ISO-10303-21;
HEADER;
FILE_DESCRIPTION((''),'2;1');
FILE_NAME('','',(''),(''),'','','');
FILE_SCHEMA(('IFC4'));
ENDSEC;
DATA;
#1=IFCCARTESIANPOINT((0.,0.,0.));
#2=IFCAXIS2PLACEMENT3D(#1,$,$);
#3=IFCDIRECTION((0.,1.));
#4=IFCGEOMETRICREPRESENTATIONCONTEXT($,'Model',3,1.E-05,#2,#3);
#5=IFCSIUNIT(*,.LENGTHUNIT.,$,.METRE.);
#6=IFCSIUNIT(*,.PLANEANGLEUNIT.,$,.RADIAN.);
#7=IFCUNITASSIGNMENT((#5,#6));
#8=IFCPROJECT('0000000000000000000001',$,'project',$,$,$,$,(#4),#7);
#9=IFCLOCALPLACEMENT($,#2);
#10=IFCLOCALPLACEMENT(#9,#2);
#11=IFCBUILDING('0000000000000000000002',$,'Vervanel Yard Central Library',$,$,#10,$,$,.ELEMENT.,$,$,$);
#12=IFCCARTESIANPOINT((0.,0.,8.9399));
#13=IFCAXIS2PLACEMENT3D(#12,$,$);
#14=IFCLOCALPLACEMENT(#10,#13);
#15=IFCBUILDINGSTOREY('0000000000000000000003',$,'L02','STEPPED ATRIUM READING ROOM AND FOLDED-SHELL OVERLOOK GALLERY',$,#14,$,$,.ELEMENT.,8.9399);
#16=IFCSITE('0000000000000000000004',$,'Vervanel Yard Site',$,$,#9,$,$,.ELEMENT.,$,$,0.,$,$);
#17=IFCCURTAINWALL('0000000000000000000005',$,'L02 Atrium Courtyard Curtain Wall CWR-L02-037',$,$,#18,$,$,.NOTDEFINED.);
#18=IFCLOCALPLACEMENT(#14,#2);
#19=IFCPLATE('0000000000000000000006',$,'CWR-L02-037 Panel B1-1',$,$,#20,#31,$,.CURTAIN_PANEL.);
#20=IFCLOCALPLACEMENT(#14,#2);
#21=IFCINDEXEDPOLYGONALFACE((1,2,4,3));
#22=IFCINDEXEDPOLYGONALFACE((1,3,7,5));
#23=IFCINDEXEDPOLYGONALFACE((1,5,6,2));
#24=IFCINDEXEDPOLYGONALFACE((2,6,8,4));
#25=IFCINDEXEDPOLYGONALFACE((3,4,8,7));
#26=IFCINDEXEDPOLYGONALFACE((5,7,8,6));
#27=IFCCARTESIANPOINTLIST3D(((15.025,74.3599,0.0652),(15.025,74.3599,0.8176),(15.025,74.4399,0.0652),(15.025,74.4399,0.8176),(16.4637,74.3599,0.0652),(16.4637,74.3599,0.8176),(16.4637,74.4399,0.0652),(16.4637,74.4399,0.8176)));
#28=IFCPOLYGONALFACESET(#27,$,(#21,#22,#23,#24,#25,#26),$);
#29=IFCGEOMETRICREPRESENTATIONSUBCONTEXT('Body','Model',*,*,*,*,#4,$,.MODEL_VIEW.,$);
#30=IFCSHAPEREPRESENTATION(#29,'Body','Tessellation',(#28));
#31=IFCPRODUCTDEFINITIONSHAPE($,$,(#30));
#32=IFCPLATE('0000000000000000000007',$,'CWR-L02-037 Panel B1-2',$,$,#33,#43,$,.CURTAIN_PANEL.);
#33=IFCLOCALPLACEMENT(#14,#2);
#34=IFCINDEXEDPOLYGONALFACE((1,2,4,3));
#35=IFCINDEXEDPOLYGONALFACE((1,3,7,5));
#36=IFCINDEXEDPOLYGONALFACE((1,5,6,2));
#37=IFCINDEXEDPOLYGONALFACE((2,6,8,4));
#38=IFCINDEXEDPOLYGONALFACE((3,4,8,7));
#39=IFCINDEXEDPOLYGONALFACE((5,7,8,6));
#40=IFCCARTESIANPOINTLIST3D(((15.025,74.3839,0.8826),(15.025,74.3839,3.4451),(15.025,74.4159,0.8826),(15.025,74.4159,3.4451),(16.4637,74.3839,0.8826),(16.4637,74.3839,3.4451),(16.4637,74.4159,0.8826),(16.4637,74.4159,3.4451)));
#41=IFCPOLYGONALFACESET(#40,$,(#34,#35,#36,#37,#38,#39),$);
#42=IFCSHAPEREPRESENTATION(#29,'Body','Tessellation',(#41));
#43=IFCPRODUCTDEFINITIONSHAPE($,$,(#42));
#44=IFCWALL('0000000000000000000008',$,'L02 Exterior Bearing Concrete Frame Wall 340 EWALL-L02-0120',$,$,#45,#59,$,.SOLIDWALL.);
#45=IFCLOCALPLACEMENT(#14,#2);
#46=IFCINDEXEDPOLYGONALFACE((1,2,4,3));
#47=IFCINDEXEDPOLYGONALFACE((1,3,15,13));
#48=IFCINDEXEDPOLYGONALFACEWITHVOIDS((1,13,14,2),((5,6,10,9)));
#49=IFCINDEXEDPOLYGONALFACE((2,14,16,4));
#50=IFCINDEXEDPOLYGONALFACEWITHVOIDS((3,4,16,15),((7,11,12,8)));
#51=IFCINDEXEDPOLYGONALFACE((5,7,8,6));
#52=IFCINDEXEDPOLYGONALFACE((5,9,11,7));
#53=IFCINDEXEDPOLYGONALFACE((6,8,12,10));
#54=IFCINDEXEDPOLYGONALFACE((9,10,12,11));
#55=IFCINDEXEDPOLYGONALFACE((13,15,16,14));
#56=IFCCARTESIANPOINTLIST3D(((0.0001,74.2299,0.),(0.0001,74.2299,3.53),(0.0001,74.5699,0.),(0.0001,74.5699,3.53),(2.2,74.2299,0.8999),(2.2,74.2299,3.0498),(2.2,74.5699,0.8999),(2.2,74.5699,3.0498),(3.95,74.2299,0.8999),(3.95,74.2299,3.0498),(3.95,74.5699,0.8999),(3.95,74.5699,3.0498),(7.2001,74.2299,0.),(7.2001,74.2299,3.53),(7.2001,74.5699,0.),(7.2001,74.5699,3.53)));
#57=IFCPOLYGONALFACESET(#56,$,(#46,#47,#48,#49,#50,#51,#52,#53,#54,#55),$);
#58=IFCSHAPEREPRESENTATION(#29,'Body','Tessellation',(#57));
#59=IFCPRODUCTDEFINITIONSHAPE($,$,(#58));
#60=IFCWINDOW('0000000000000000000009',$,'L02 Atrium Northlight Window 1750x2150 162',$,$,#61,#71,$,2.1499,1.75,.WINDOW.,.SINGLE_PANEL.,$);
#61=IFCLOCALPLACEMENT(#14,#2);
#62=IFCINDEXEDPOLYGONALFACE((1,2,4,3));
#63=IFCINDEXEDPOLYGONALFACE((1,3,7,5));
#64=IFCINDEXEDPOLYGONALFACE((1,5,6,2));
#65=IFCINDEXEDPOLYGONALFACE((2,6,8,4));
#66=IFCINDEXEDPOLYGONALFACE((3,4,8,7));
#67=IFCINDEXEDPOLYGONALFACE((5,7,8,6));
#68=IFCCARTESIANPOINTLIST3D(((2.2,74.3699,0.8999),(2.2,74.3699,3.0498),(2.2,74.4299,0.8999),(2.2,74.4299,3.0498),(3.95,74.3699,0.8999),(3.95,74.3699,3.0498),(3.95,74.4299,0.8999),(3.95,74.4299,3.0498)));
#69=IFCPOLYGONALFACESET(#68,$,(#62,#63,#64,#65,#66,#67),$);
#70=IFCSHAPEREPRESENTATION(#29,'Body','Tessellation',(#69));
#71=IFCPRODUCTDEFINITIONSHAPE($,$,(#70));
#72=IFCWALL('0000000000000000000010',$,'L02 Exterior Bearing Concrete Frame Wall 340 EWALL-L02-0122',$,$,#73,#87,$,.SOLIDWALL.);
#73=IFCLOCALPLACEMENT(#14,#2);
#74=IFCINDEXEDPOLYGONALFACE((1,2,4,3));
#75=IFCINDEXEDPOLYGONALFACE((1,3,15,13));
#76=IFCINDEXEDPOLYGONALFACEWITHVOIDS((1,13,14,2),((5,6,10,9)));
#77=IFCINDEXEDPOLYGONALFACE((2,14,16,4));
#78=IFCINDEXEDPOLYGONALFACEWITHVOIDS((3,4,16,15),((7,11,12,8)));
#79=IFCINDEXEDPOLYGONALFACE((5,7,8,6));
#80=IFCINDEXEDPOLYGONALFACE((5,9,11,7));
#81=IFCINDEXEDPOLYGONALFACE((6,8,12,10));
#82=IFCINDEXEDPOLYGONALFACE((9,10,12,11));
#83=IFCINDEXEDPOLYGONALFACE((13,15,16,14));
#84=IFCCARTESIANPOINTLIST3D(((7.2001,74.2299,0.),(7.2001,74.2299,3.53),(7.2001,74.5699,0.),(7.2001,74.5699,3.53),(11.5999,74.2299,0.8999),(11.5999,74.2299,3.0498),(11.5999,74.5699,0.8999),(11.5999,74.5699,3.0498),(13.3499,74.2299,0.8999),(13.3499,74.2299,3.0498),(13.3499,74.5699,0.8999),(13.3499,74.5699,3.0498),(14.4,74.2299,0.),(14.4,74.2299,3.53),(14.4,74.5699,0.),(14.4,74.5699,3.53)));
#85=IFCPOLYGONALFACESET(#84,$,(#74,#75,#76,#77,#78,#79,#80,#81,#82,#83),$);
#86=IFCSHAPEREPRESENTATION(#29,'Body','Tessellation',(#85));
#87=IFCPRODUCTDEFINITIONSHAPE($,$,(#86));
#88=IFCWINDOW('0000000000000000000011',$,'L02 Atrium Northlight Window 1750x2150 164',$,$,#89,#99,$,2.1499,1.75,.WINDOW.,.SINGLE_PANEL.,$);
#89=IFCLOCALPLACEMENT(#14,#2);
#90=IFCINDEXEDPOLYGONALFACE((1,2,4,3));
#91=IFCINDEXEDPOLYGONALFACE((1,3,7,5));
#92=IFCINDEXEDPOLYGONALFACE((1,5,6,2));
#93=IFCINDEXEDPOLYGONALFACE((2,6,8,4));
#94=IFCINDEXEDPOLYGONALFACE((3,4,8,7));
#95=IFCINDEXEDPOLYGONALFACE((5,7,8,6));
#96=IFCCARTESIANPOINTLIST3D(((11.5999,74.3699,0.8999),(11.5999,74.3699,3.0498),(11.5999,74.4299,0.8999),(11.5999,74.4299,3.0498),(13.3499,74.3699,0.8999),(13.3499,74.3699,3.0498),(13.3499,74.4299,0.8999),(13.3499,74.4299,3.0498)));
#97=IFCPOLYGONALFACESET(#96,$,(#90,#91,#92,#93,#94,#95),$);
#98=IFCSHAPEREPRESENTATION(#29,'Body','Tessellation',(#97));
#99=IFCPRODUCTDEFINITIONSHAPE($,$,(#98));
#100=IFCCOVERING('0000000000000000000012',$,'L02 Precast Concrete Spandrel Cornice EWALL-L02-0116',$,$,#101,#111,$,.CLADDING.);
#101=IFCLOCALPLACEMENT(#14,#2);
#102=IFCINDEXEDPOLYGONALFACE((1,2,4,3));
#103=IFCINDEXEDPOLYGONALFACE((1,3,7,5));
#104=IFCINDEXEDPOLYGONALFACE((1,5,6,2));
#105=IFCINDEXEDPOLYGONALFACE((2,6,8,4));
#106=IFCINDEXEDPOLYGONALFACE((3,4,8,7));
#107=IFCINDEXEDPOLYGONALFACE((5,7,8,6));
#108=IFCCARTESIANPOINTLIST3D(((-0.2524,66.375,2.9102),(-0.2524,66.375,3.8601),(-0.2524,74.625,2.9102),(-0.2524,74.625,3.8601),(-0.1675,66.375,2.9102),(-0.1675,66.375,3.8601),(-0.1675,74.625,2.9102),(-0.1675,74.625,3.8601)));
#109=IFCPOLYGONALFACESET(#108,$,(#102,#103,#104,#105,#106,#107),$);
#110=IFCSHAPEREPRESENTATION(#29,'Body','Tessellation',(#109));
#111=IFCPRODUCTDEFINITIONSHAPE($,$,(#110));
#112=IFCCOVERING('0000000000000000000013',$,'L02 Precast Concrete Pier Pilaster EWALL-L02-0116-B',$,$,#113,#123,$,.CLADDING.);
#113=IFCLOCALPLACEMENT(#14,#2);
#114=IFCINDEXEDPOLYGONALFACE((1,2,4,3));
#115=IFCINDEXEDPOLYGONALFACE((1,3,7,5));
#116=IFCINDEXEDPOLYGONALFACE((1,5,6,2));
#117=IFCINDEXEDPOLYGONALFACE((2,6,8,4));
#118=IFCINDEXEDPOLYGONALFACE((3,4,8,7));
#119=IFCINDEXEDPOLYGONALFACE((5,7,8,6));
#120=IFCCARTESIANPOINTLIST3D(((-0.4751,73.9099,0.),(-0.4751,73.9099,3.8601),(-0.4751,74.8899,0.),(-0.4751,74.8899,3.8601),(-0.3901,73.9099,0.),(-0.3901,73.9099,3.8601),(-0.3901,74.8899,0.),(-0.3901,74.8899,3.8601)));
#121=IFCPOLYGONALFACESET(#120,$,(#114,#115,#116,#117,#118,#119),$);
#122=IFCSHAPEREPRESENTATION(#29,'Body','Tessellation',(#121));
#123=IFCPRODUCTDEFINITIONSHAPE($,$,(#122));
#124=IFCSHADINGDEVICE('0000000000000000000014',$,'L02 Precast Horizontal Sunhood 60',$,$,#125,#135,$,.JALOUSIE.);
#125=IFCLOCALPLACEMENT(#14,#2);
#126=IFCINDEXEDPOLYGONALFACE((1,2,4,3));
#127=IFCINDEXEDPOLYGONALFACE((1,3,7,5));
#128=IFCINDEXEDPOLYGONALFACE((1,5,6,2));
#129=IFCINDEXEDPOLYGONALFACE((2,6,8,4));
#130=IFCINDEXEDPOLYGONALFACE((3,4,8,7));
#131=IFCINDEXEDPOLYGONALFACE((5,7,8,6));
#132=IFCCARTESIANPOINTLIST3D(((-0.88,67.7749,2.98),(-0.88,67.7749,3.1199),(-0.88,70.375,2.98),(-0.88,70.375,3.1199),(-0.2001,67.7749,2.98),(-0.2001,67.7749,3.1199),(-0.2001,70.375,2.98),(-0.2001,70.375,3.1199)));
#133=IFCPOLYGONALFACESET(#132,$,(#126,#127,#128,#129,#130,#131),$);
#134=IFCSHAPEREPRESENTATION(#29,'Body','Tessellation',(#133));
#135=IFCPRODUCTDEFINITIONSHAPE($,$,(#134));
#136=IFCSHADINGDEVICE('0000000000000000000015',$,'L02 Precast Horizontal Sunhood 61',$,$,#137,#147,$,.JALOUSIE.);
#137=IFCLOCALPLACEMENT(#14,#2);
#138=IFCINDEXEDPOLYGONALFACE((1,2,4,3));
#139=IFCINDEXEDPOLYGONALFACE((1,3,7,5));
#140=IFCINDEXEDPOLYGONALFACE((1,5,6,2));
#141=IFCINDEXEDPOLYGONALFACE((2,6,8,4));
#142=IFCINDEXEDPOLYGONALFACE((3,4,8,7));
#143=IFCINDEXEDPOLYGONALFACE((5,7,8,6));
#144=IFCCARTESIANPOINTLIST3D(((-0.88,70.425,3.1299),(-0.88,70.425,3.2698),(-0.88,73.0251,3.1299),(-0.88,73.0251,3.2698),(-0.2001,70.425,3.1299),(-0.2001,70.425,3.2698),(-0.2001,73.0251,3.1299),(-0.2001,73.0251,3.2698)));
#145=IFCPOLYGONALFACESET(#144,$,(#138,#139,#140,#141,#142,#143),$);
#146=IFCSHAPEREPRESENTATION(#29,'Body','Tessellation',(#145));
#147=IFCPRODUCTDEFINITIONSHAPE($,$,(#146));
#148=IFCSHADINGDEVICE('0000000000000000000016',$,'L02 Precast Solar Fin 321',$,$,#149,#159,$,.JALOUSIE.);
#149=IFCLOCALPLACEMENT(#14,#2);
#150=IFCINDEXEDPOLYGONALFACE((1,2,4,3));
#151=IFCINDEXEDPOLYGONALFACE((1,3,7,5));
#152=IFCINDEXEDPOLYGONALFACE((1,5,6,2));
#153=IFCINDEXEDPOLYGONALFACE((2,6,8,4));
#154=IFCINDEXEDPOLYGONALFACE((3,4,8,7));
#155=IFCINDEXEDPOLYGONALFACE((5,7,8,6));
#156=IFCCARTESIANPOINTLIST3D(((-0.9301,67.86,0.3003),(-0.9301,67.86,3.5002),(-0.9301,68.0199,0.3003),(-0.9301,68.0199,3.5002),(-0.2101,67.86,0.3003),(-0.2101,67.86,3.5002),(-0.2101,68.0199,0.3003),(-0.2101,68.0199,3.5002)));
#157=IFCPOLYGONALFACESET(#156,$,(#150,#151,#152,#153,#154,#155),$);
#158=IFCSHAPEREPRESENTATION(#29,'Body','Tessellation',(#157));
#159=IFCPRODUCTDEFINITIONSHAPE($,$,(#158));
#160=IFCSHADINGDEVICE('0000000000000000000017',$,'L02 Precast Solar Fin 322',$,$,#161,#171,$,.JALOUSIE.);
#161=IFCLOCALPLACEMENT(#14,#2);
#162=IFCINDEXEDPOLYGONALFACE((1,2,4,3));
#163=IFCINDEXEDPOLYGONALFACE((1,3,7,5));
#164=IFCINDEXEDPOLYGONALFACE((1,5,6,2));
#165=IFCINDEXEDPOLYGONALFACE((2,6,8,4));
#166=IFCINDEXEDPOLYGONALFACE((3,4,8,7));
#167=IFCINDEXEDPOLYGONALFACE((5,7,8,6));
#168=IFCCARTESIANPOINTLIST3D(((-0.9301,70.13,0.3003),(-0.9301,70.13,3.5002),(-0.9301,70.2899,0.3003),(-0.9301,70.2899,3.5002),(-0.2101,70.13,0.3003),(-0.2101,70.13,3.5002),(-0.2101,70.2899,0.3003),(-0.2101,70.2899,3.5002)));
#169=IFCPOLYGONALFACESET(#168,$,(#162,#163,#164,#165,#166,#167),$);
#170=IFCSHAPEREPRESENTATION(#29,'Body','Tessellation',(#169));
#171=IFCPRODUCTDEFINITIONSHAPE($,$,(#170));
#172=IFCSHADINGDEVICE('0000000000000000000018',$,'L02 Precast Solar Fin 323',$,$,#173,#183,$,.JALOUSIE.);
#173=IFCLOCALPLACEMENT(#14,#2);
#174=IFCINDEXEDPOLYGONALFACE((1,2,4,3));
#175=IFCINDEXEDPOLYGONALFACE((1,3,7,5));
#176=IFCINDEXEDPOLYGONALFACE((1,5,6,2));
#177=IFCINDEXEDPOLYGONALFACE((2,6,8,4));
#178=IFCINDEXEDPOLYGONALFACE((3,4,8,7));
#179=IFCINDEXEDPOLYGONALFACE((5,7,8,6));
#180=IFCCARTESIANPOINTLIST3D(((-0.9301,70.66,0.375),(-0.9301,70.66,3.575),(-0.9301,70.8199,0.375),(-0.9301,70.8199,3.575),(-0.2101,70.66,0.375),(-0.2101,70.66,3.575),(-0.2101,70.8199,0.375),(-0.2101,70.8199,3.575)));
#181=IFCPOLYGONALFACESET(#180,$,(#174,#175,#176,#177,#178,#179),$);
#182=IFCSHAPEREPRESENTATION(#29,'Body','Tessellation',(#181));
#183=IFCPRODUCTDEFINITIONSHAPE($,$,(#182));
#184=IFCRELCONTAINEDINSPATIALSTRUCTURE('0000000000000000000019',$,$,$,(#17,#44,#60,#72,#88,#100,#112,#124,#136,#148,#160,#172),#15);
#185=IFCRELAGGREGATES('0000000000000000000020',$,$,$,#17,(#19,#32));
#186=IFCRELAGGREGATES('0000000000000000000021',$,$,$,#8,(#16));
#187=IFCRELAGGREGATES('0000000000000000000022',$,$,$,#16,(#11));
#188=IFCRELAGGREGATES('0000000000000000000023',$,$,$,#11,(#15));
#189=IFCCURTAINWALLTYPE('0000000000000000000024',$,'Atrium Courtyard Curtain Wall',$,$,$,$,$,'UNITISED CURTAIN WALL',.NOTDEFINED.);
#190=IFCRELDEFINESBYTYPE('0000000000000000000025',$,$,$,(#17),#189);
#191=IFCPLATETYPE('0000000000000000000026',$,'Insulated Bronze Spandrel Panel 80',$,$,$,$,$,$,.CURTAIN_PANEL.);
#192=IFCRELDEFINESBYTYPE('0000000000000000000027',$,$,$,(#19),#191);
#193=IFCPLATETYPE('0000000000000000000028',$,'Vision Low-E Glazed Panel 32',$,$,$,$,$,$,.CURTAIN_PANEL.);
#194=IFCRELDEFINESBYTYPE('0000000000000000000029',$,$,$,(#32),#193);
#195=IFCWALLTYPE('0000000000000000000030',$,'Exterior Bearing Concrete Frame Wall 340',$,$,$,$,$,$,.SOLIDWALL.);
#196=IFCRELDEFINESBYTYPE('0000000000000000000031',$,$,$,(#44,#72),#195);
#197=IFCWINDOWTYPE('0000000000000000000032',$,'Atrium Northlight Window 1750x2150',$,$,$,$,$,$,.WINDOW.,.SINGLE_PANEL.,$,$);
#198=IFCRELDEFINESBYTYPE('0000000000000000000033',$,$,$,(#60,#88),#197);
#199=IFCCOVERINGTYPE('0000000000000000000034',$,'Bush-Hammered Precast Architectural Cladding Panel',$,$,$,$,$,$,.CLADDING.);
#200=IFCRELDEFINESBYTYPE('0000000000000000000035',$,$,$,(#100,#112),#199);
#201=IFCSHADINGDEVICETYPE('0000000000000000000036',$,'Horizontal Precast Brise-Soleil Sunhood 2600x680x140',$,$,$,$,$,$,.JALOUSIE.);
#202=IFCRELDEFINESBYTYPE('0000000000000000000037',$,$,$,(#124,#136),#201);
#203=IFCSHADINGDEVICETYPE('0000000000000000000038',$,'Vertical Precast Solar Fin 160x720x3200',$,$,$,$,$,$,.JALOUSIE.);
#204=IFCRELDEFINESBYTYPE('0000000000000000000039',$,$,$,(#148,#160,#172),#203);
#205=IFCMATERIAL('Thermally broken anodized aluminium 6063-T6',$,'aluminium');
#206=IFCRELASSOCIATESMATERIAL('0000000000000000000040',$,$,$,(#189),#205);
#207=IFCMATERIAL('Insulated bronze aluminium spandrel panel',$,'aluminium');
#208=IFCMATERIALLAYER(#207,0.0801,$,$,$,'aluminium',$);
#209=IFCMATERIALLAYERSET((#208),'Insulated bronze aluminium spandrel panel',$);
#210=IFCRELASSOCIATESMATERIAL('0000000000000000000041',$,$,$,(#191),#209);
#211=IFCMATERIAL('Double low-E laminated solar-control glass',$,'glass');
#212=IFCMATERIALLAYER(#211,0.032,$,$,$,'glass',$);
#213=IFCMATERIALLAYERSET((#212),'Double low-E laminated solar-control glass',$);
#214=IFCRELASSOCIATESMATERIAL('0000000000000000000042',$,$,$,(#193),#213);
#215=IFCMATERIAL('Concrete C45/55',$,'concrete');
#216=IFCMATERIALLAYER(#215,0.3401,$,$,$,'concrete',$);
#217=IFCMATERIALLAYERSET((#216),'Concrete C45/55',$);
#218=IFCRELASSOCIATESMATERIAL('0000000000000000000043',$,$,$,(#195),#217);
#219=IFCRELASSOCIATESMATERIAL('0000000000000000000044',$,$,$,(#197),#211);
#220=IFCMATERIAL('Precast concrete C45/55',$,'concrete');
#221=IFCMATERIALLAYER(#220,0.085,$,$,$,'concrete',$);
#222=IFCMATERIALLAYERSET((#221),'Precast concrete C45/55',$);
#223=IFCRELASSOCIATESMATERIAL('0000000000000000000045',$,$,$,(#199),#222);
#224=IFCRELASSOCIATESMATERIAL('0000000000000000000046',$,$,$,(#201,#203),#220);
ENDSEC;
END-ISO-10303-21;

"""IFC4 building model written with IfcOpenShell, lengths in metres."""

from ifc_helpers import new_model, si_unit, direction, frame, frame_2d, origin, origin_2d, place, context, subcontext, project, spatial, rectangle, extrude, material, layer, layer_set, type_object, element, fill, aggregate, save


model = new_model("IFC4")

# Units and contexts
model_context = context("Model", 3, precision=1e-05, world=origin(), true_north=direction((0.0, 1.0)))
body_context = subcontext(model_context, "Body", "Model", "MODEL_VIEW")
ifc_project = project(units=[si_unit("LENGTHUNIT", "METRE"), si_unit("PLANEANGLEUNIT", "RADIAN")], contexts=[model_context])

# Site, building, storey
site_placement = place(None, origin())
site = spatial("IfcSite", under=ifc_project, at=site_placement, Name="Vervanel Yard Site", CompositionType="ELEMENT", RefElevation=0.0)
building_placement = place(site_placement, origin())
building = spatial("IfcBuilding", under=site, at=building_placement, Name="Vervanel Yard Central Library", CompositionType="ELEMENT")
storey_placement = place(building_placement, frame((0.0, 0.0, 8.9399)))
storey = spatial("IfcBuildingStorey", under=building, at=storey_placement, Name="L02", Description="STEPPED ATRIUM READING ROOM AND FOLDED-SHELL OVERLOOK GALLERY", CompositionType="ELEMENT", Elevation=8.9399)

# Curtain wall
ifc_material_1 = material(Name="Thermally broken anodized aluminium 6063-T6", Category="aluminium")
curtain_wall_type = type_object("IfcCurtainWallType", Name="Atrium Courtyard Curtain Wall", ElementType="UNITISED CURTAIN WALL", PredefinedType="NOTDEFINED", material=ifc_material_1)
curtain_wall_placement = place(storey_placement, origin())
curtain_wall = element("IfcCurtainWall", 1, at=curtain_wall_placement, inside=storey, type_object=curtain_wall_type, Name="L02 Atrium Courtyard Curtain Wall CWR-L02-037", PredefinedType="NOTDEFINED")

# Plates
ifc_material_2 = material(Name="Insulated bronze aluminium spandrel panel", Category="aluminium")
ifc_layer_1 = layer(ifc_material_2, 0.0801, Category="aluminium")
ifc_layer_set_1 = layer_set([ifc_layer_1], Name="Insulated bronze aluminium spandrel panel")
plate_type_1 = type_object("IfcPlateType", Name="Insulated Bronze Spandrel Panel 80", PredefinedType="CURTAIN_PANEL", material=ifc_layer_set_1)
plate_1_placement = place(storey_placement, frame((15.7444, 74.3999, 0.0652), z_axis=(0.0, 0.0, 1.0), x_axis=(1.0, 0.0, 0.0)))
plate_1 = element("IfcPlate", 2, at=plate_1_placement, type_object=plate_type_1, Name="CWR-L02-037 Panel B1-1", PredefinedType="CURTAIN_PANEL", context=body_context, shape_type="SweptSolid", body=[
    extrude(rectangle(XDim=1.4387, YDim=0.0801, at=origin_2d()), origin(), (0.0, 0.0, 1.0), 0.7524),
])
ifc_material_3 = material(Name="Double low-E laminated solar-control glass", Category="glass")
ifc_layer_2 = layer(ifc_material_3, 0.032, Category="glass")
ifc_layer_set_2 = layer_set([ifc_layer_2], Name="Double low-E laminated solar-control glass")
plate_type_2 = type_object("IfcPlateType", Name="Vision Low-E Glazed Panel 32", PredefinedType="CURTAIN_PANEL", material=ifc_layer_set_2)
plate_2_placement = place(storey_placement, frame((15.7444, 74.3999, 0.8826), z_axis=(0.0, 0.0, 1.0), x_axis=(1.0, 0.0, 0.0)))
plate_2 = element("IfcPlate", 3, at=plate_2_placement, type_object=plate_type_2, Name="CWR-L02-037 Panel B1-2", PredefinedType="CURTAIN_PANEL", context=body_context, shape_type="SweptSolid", body=[
    extrude(rectangle(XDim=1.4387, YDim=0.032, at=origin_2d()), origin(), (0.0, 0.0, 1.0), 2.5625),
])
aggregate(curtain_wall, [plate_1, plate_2])

# Walls, openings, windows
ifc_material_4 = material(Name="Concrete C45/55", Category="concrete")
ifc_layer_3 = layer(ifc_material_4, 0.3401, Category="concrete")
ifc_layer_set_3 = layer_set([ifc_layer_3], Name="Concrete C45/55")
wall_type = type_object("IfcWallType", Name="Exterior Bearing Concrete Frame Wall 340", PredefinedType="SOLIDWALL", material=ifc_layer_set_3)
wall_1_placement = place(storey_placement, frame((0.0, 74.3999, 0.0), z_axis=(0.0, 0.0, 1.0), x_axis=(1.0, 0.0, 0.0)))
wall_1 = element("IfcWall", 4, at=wall_1_placement, inside=storey, type_object=wall_type, Name="L02 Exterior Bearing Concrete Frame Wall 340 EWALL-L02-0120", PredefinedType="SOLIDWALL", context=body_context, shape_type="SweptSolid", body=[
    extrude(rectangle(XDim=7.2, YDim=0.3401, at=frame_2d((3.6001, 0.0))), origin(), (0.0, 0.0, 1.0), 3.53),
])
opening_1_placement = place(wall_1_placement, frame((2.2, 0.0, 0.8999)))
opening_1 = element("IfcOpeningElement", 5, at=opening_1_placement, cuts=wall_1, PredefinedType="OPENING", context=body_context, shape_type="SweptSolid", body=[
    extrude(rectangle(XDim=1.75, YDim=2.1499, at=frame_2d((0.875, 1.075))), frame((0.0, 0.1799, 0.0), z_axis=(0.0, -1.0, 0.0), x_axis=(1.0, 0.0, 0.0)), (0.0, 0.0, 1.0), 0.3601),
])
window_type = type_object("IfcWindowType", Name="Atrium Northlight Window 1750x2150", PartitioningType="SINGLE_PANEL", PredefinedType="WINDOW", material=ifc_material_3)
window_1_placement = place(opening_1_placement, origin())
window_1 = element("IfcWindow", 6, at=window_1_placement, inside=storey, type_object=window_type, Name="L02 Atrium Northlight Window 1750x2150 162", OverallHeight=2.1499, OverallWidth=1.75, PartitioningType="SINGLE_PANEL", PredefinedType="WINDOW", context=body_context, shape_type="SweptSolid", body=[
    extrude(rectangle(XDim=1.75, YDim=2.1499, at=frame_2d((0.875, 1.075))), frame((0.0, 0.03, 0.0), z_axis=(0.0, -1.0, 0.0), x_axis=(1.0, 0.0, 0.0)), (0.0, 0.0, 1.0), 0.0601),
])
fill(opening_1, window_1)
wall_2_placement = place(storey_placement, frame((7.2, 74.3999, 0.0), z_axis=(0.0, 0.0, 1.0), x_axis=(1.0, 0.0, 0.0)))
wall_2 = element("IfcWall", 7, at=wall_2_placement, inside=storey, type_object=wall_type, Name="L02 Exterior Bearing Concrete Frame Wall 340 EWALL-L02-0122", PredefinedType="SOLIDWALL", context=body_context, shape_type="SweptSolid", body=[
    extrude(rectangle(XDim=7.2, YDim=0.3401, at=frame_2d((3.6001, 0.0))), origin(), (0.0, 0.0, 1.0), 3.53),
])
opening_2_placement = place(wall_2_placement, frame((4.3999, 0.0, 0.8999)))
opening_2 = element("IfcOpeningElement", 8, at=opening_2_placement, cuts=wall_2, PredefinedType="OPENING", context=body_context, shape_type="SweptSolid", body=[
    extrude(rectangle(XDim=1.75, YDim=2.1499, at=frame_2d((0.875, 1.075))), frame((0.0, 0.1799, 0.0), z_axis=(0.0, -1.0, 0.0), x_axis=(1.0, 0.0, 0.0)), (0.0, 0.0, 1.0), 0.3601),
])
window_2_placement = place(opening_2_placement, origin())
window_2 = element("IfcWindow", 9, at=window_2_placement, inside=storey, type_object=window_type, Name="L02 Atrium Northlight Window 1750x2150 164", OverallHeight=2.1499, OverallWidth=1.75, PartitioningType="SINGLE_PANEL", PredefinedType="WINDOW", context=body_context, shape_type="SweptSolid", body=[
    extrude(rectangle(XDim=1.75, YDim=2.1499, at=frame_2d((0.875, 1.075))), frame((0.0, 0.03, 0.0), z_axis=(0.0, -1.0, 0.0), x_axis=(1.0, 0.0, 0.0)), (0.0, 0.0, 1.0), 0.0601),
])
fill(opening_2, window_2)

# Coverings
ifc_material_5 = material(Name="Precast concrete C45/55", Category="concrete")
ifc_layer_4 = layer(ifc_material_5, 0.085, Category="concrete")
ifc_layer_set_4 = layer_set([ifc_layer_4], Name="Precast concrete C45/55")
covering_type = type_object("IfcCoveringType", Name="Bush-Hammered Precast Architectural Cladding Panel", PredefinedType="CLADDING", material=ifc_layer_set_4)
covering_1_placement = place(storey_placement, frame((-0.21, 70.5, 2.9102), z_axis=(0.0, 0.0, 1.0), x_axis=(0.0, 1.0, 0.0)))
element("IfcCovering", 10, at=covering_1_placement, inside=storey, type_object=covering_type, Name="L02 Precast Concrete Spandrel Cornice EWALL-L02-0116", PredefinedType="CLADDING", context=body_context, shape_type="SweptSolid", body=[
    extrude(rectangle(XDim=8.25, YDim=0.085, at=origin_2d()), origin(), (0.0, 0.0, 1.0), 0.95),
])
covering_2_placement = place(storey_placement, frame((-0.4326, 74.3999, 0.0), z_axis=(0.0, 0.0, 1.0), x_axis=(0.0, 1.0, 0.0)))
element("IfcCovering", 11, at=covering_2_placement, inside=storey, type_object=covering_type, Name="L02 Precast Concrete Pier Pilaster EWALL-L02-0116-B", PredefinedType="CLADDING", context=body_context, shape_type="SweptSolid", body=[
    extrude(rectangle(XDim=0.98, YDim=0.085, at=origin_2d()), origin(), (0.0, 0.0, 1.0), 3.8601),
])

# Shading devices
shading_device_type_1 = type_object("IfcShadingDeviceType", Name="Horizontal Precast Brise-Soleil Sunhood 2600x680x140", PredefinedType="JALOUSIE", material=ifc_material_5)
for number, where, z_axis, x_axis, name in (
    (12, (-0.54, 69.075, 2.98), (0.0, 0.0, 1.0), (0.0, 1.0, 0.0), "L02 Precast Horizontal Sunhood 60"),
    (13, (-0.54, 71.7251, 3.1299), (0.0, 0.0, 1.0), (0.0, 1.0, 0.0), "L02 Precast Horizontal Sunhood 61"),
):
    element("IfcShadingDevice", number, at=place(storey_placement, frame(where, z_axis=z_axis, x_axis=x_axis)), inside=storey, type_object=shading_device_type_1, Name=name, PredefinedType="JALOUSIE", context=body_context, shape_type="SweptSolid", body=[
        extrude(rectangle(XDim=2.6001, YDim=0.6799, at=origin_2d()), origin(), (0.0, 0.0, 1.0), 0.1399),
    ])
shading_device_type_2 = type_object("IfcShadingDeviceType", Name="Vertical Precast Solar Fin 160x720x3200", PredefinedType="JALOUSIE", material=ifc_material_5)
for number, where, z_axis, x_axis, name in (
    (14, (-0.5701, 67.9399, 0.3003), (0.0, 0.0, 1.0), (0.0, 1.0, 0.0), "L02 Precast Solar Fin 321"),
    (15, (-0.5701, 70.21, 0.3003), (0.0, 0.0, 1.0), (0.0, 1.0, 0.0), "L02 Precast Solar Fin 322"),
    (16, (-0.5701, 70.74, 0.375), (0.0, 0.0, 1.0), (0.0, 1.0, 0.0), "L02 Precast Solar Fin 323"),
):
    element("IfcShadingDevice", number, at=place(storey_placement, frame(where, z_axis=z_axis, x_axis=x_axis)), inside=storey, type_object=shading_device_type_2, Name=name, PredefinedType="JALOUSIE", context=body_context, shape_type="SweptSolid", body=[
        extrude(rectangle(XDim=0.1599, YDim=0.72, at=origin_2d()), origin(), (0.0, 0.0, 1.0), 3.2),
    ])

save(model, "model.ifc")
